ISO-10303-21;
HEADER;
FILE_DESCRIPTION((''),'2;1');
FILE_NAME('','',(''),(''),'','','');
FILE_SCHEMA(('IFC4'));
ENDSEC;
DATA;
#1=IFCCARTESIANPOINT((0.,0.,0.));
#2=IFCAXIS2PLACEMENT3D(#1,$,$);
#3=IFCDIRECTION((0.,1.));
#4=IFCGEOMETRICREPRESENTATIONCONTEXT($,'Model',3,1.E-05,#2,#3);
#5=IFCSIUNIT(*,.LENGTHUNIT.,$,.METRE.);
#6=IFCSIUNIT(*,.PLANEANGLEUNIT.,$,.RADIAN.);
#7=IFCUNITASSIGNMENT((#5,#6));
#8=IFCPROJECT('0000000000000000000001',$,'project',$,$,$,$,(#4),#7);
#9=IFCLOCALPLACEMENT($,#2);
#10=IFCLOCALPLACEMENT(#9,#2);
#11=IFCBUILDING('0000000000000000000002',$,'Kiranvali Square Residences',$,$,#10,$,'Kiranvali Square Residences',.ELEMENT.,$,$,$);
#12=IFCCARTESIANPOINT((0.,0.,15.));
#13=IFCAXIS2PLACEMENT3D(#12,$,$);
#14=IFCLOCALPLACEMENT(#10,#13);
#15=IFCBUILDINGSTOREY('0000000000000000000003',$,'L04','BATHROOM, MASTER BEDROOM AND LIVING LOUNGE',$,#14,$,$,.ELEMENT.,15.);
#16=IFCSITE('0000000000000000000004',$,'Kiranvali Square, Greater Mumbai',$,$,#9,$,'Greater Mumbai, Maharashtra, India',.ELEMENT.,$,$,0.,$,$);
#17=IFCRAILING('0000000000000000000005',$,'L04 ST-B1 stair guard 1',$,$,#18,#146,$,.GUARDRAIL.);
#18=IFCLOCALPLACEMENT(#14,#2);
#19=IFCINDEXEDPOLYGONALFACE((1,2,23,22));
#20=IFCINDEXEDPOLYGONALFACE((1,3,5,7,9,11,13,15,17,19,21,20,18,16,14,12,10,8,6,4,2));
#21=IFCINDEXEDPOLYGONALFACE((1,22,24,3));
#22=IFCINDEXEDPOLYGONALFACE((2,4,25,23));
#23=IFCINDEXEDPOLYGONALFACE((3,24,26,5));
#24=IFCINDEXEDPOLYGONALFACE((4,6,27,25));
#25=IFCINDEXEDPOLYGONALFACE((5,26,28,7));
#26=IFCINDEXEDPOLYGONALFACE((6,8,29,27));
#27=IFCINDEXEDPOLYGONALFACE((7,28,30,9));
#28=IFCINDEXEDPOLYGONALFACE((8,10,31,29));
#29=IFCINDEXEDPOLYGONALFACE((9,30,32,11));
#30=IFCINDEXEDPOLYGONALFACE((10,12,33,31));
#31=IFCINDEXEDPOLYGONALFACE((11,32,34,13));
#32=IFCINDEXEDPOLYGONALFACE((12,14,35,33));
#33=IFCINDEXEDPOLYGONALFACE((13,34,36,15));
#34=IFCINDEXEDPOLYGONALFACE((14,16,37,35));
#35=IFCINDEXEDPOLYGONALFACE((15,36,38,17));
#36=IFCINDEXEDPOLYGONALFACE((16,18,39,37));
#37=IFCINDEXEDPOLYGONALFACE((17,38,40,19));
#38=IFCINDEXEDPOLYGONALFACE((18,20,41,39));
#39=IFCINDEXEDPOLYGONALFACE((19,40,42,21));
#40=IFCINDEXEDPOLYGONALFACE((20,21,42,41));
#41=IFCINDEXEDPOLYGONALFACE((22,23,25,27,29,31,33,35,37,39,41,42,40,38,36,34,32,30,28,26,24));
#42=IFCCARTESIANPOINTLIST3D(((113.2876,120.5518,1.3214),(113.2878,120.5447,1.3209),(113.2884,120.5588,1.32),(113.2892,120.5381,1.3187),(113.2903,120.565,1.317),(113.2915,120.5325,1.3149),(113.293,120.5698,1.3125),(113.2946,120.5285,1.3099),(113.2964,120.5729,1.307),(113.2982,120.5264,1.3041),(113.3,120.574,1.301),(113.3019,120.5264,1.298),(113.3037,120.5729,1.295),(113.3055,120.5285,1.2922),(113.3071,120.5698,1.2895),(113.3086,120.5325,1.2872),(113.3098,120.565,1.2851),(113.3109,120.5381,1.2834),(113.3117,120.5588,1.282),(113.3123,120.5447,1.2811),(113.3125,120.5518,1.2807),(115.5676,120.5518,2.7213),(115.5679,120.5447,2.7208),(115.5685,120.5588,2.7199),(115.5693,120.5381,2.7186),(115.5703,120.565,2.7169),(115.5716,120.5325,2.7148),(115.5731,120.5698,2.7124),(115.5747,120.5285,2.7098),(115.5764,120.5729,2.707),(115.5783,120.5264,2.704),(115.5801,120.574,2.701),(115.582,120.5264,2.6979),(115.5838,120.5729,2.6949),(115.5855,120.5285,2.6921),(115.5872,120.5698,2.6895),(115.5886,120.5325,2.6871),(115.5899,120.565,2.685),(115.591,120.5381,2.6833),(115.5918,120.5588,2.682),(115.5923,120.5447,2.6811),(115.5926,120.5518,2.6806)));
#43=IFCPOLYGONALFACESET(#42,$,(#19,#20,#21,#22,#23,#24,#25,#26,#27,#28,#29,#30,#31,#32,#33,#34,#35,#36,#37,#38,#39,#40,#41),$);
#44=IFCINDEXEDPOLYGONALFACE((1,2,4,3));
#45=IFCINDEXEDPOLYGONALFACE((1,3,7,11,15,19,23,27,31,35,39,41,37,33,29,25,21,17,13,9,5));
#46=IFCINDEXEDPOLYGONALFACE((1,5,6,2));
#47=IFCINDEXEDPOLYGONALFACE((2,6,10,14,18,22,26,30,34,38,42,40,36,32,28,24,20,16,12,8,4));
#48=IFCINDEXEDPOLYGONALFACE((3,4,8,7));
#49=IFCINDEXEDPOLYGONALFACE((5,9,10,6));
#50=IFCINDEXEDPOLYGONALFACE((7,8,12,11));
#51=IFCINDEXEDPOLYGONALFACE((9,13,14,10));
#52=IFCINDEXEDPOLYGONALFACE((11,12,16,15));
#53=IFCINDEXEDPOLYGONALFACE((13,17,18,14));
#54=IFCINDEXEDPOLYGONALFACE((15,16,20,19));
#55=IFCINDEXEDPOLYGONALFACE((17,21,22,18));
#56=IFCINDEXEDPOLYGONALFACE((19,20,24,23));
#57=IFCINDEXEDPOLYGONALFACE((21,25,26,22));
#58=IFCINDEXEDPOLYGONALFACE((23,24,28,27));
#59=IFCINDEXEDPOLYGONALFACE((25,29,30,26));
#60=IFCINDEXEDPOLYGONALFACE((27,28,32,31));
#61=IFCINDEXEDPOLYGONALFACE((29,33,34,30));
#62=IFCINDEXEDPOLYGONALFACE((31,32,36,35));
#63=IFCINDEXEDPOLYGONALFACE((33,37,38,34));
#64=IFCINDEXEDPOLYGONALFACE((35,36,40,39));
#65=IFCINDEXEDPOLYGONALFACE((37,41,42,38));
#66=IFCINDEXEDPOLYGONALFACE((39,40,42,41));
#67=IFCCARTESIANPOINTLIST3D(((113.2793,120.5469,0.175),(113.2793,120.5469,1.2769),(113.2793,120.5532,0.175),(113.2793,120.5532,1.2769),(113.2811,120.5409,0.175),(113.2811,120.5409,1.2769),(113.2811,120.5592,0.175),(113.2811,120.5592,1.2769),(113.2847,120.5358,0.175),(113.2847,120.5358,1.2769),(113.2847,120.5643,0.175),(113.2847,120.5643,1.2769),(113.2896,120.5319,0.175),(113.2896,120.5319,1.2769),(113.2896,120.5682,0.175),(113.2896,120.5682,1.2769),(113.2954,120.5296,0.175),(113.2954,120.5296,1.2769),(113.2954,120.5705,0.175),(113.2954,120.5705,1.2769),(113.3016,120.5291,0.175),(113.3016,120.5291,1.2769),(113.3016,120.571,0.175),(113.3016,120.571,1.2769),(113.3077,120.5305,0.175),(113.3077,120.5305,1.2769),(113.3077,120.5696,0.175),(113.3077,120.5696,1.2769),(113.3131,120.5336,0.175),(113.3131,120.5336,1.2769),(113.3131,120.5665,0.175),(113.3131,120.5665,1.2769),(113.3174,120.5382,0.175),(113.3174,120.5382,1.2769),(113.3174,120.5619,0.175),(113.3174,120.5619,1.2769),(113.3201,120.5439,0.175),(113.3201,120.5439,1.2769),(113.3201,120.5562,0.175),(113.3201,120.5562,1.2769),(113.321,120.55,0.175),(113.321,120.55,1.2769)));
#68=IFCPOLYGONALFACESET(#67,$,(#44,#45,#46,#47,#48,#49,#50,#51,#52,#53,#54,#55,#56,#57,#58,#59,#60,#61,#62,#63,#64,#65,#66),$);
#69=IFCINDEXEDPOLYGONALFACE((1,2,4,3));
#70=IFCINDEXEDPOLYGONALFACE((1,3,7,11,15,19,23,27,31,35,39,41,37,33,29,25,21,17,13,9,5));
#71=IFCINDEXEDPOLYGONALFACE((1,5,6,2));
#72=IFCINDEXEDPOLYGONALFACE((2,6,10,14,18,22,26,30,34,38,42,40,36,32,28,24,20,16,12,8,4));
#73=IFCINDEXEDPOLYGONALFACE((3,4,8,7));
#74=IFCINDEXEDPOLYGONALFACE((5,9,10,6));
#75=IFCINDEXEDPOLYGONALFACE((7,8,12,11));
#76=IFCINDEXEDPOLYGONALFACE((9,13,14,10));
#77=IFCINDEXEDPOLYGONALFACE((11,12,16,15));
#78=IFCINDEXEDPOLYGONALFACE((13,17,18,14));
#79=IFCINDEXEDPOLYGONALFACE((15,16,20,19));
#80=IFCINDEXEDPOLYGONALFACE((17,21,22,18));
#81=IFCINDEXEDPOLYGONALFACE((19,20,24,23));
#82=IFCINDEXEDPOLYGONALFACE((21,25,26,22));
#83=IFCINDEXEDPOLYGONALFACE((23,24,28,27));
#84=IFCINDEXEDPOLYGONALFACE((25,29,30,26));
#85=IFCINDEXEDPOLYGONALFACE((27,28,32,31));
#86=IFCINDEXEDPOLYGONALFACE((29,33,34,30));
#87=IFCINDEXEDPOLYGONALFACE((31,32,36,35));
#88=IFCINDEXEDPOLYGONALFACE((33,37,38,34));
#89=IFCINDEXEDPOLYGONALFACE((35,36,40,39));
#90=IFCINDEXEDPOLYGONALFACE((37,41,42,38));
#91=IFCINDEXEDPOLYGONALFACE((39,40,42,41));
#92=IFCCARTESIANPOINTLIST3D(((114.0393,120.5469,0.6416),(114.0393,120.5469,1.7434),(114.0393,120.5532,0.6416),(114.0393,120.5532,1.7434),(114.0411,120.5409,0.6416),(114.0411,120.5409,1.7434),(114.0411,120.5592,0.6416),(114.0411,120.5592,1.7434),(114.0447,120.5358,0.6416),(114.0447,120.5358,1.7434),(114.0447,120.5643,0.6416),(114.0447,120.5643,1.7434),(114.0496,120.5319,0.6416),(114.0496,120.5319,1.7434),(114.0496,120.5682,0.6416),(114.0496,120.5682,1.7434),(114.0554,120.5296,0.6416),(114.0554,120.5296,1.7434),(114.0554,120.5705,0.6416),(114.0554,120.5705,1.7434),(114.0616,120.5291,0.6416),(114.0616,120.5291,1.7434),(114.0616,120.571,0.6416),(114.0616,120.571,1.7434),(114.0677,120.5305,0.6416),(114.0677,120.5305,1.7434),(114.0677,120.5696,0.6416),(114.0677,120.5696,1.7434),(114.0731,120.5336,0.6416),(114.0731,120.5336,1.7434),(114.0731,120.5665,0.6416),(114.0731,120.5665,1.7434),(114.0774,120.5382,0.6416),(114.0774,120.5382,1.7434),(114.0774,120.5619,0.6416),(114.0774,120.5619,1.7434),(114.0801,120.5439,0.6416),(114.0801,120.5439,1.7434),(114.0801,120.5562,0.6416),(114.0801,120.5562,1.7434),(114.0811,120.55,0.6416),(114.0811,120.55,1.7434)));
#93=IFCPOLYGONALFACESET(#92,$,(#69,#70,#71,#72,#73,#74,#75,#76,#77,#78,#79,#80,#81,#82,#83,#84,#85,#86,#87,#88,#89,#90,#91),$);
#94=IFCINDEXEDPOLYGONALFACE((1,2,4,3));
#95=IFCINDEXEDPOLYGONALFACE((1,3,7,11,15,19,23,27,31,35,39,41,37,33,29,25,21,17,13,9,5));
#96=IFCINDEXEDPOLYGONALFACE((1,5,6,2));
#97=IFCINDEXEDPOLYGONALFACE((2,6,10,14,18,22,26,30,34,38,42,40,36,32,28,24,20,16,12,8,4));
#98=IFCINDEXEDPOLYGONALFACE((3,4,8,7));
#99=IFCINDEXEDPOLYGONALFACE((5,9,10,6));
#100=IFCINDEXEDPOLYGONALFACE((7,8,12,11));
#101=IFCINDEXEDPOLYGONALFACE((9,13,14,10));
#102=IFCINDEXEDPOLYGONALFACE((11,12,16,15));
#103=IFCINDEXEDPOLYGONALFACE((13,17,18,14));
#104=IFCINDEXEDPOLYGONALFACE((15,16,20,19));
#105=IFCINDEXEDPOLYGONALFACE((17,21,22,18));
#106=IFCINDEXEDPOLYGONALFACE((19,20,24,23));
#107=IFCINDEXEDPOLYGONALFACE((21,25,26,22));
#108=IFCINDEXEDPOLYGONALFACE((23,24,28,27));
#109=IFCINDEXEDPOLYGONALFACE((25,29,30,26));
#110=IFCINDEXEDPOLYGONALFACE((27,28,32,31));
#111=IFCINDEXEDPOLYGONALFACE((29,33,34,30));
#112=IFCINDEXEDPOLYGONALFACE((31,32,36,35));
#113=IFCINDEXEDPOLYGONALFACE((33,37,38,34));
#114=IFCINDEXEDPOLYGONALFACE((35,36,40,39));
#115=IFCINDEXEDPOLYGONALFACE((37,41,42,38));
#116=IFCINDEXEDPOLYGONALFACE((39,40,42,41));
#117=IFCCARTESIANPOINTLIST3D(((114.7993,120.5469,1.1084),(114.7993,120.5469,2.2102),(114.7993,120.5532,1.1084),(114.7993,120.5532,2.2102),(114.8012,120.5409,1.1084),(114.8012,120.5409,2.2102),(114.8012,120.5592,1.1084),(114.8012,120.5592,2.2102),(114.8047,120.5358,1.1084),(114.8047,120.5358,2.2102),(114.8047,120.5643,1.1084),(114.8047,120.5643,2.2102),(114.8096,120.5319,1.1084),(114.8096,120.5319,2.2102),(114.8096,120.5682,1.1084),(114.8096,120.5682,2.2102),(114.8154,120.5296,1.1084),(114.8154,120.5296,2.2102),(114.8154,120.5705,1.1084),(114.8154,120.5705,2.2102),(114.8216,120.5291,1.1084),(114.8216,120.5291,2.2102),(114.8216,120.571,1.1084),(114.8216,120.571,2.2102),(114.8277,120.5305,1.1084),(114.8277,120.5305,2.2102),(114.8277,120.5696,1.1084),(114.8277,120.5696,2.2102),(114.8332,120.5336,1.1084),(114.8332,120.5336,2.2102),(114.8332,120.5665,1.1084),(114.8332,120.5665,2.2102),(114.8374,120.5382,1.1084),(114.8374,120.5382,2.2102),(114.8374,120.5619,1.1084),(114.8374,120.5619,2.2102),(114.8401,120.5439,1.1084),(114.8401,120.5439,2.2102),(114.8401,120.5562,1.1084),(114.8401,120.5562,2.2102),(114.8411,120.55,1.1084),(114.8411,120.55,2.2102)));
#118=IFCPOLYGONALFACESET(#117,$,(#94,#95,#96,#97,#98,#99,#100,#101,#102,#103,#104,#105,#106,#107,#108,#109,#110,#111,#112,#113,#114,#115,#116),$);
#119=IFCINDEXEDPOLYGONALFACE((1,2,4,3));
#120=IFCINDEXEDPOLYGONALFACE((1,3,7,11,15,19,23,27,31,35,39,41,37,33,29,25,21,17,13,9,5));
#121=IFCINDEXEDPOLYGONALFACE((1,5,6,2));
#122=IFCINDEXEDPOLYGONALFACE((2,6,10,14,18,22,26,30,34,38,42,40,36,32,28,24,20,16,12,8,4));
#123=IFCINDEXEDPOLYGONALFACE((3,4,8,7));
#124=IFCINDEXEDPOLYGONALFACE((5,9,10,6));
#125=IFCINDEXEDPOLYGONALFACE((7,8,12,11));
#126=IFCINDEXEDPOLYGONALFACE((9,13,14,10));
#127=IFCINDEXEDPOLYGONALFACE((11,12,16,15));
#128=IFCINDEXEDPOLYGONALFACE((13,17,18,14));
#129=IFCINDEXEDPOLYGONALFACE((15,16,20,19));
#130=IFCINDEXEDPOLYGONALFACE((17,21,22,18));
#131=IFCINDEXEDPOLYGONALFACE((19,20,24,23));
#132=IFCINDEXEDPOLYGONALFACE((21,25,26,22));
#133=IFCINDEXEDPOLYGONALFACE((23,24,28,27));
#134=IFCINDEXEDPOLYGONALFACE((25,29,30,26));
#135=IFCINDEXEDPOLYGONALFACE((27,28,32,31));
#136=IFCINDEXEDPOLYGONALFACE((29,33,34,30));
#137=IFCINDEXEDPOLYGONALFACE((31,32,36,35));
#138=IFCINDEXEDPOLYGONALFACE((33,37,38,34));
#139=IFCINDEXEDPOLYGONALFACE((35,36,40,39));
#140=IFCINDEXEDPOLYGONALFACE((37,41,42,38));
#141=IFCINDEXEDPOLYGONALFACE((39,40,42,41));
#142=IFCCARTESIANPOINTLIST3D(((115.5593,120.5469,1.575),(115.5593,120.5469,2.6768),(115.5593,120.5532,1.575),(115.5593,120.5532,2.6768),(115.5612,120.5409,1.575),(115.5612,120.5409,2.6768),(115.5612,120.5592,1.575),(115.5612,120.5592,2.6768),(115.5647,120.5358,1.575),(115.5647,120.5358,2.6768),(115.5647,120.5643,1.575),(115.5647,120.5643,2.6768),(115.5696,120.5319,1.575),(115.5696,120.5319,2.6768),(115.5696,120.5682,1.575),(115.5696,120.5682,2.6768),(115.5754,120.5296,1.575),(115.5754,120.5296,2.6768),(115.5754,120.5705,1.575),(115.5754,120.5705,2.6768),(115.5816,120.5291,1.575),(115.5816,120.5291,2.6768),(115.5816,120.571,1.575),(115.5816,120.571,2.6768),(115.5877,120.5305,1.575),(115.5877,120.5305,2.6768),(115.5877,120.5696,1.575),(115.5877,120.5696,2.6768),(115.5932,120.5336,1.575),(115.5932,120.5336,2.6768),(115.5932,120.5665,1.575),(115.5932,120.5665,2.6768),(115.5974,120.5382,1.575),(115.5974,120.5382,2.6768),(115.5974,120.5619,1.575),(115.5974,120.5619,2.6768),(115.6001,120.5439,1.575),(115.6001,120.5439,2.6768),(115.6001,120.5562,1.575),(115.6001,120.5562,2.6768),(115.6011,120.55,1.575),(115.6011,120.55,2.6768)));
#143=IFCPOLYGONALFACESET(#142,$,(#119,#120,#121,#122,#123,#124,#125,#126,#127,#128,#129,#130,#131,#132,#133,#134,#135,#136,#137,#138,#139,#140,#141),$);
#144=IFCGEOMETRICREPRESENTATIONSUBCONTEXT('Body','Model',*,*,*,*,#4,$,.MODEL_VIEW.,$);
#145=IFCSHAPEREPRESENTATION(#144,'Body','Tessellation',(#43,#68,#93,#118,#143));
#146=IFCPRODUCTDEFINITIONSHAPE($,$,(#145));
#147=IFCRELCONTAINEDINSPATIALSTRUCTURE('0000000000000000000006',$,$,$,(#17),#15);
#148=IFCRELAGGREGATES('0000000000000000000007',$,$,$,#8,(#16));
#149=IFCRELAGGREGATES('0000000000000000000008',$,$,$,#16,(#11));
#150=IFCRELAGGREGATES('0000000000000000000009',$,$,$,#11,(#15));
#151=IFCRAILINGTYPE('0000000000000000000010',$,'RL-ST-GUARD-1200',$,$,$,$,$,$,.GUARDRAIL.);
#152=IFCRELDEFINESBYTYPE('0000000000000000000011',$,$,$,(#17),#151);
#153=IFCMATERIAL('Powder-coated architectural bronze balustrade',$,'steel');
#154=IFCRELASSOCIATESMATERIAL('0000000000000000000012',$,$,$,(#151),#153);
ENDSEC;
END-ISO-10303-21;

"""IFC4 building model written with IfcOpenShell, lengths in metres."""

from ifc_helpers import new_model, si_unit, direction, frame, origin, origin_2d, place, context, subcontext, project, spatial, circle, extrude, material, type_object, element, save


model = new_model("IFC4")

# Units and contexts
model_context = context("Model", 3, precision=1e-05, world=origin(), true_north=direction((0.0, 1.0)))
body_context = subcontext(model_context, "Body", "Model", "MODEL_VIEW")
ifc_project = project(units=[si_unit("LENGTHUNIT", "METRE"), si_unit("PLANEANGLEUNIT", "RADIAN")], contexts=[model_context])

# Site, building, storey
site_placement = place(None, origin())
site = spatial("IfcSite", under=ifc_project, at=site_placement, Name="Kiranvali Square, Greater Mumbai", LongName="Greater Mumbai, Maharashtra, India", CompositionType="ELEMENT", RefElevation=0.0)
building_placement = place(site_placement, origin())
building = spatial("IfcBuilding", under=site, at=building_placement, Name="Kiranvali Square Residences", LongName="Kiranvali Square Residences", CompositionType="ELEMENT")
storey_placement = place(building_placement, frame((0.0, 0.0, 15.0)))
storey = spatial("IfcBuildingStorey", under=building, at=storey_placement, Name="L04", Description="BATHROOM, MASTER BEDROOM AND LIVING LOUNGE", CompositionType="ELEMENT", Elevation=15.0)

# Railing
ifc_material_1 = material(Name="Powder-coated architectural bronze balustrade", Category="steel")
railing_type_1 = type_object("IfcRailingType", Name="RL-ST-GUARD-1200", PredefinedType="GUARDRAIL", material=ifc_material_1)
railing_1_placement = place(storey_placement, frame((113.3, 120.55, 0.175)))
element("IfcRailing", 1, at=railing_1_placement, inside=storey, type_object=railing_type_1, Name="L04 ST-B1 stair guard 1", PredefinedType="GUARDRAIL", context=body_context, shape_type="SweptSolid", body=[
    extrude(circle(Radius=0.0239, at=origin_2d()), frame((0.0, 0.0, 1.126), z_axis=(0.85219, 0.0, 0.523232), x_axis=(0.0, 1.0, 0.0)), (0.0, 0.0, 1.0), 2.6755),
    extrude(circle(Radius=0.021, at=origin_2d()), origin(), (0.0, 0.0, 1.0), 1.1018),
    extrude(circle(Radius=0.021, at=origin_2d()), frame((0.76, 0.0, 0.4666)), (0.0, 0.0, 1.0), 1.1018),
    extrude(circle(Radius=0.021, at=origin_2d()), frame((1.52, 0.0, 0.9333)), (0.0, 0.0, 1.0), 1.1018),
    extrude(circle(Radius=0.021, at=origin_2d()), frame((2.28, 0.0, 1.3999)), (0.0, 0.0, 1.0), 1.1018),
])

save(model, "model.ifc")
